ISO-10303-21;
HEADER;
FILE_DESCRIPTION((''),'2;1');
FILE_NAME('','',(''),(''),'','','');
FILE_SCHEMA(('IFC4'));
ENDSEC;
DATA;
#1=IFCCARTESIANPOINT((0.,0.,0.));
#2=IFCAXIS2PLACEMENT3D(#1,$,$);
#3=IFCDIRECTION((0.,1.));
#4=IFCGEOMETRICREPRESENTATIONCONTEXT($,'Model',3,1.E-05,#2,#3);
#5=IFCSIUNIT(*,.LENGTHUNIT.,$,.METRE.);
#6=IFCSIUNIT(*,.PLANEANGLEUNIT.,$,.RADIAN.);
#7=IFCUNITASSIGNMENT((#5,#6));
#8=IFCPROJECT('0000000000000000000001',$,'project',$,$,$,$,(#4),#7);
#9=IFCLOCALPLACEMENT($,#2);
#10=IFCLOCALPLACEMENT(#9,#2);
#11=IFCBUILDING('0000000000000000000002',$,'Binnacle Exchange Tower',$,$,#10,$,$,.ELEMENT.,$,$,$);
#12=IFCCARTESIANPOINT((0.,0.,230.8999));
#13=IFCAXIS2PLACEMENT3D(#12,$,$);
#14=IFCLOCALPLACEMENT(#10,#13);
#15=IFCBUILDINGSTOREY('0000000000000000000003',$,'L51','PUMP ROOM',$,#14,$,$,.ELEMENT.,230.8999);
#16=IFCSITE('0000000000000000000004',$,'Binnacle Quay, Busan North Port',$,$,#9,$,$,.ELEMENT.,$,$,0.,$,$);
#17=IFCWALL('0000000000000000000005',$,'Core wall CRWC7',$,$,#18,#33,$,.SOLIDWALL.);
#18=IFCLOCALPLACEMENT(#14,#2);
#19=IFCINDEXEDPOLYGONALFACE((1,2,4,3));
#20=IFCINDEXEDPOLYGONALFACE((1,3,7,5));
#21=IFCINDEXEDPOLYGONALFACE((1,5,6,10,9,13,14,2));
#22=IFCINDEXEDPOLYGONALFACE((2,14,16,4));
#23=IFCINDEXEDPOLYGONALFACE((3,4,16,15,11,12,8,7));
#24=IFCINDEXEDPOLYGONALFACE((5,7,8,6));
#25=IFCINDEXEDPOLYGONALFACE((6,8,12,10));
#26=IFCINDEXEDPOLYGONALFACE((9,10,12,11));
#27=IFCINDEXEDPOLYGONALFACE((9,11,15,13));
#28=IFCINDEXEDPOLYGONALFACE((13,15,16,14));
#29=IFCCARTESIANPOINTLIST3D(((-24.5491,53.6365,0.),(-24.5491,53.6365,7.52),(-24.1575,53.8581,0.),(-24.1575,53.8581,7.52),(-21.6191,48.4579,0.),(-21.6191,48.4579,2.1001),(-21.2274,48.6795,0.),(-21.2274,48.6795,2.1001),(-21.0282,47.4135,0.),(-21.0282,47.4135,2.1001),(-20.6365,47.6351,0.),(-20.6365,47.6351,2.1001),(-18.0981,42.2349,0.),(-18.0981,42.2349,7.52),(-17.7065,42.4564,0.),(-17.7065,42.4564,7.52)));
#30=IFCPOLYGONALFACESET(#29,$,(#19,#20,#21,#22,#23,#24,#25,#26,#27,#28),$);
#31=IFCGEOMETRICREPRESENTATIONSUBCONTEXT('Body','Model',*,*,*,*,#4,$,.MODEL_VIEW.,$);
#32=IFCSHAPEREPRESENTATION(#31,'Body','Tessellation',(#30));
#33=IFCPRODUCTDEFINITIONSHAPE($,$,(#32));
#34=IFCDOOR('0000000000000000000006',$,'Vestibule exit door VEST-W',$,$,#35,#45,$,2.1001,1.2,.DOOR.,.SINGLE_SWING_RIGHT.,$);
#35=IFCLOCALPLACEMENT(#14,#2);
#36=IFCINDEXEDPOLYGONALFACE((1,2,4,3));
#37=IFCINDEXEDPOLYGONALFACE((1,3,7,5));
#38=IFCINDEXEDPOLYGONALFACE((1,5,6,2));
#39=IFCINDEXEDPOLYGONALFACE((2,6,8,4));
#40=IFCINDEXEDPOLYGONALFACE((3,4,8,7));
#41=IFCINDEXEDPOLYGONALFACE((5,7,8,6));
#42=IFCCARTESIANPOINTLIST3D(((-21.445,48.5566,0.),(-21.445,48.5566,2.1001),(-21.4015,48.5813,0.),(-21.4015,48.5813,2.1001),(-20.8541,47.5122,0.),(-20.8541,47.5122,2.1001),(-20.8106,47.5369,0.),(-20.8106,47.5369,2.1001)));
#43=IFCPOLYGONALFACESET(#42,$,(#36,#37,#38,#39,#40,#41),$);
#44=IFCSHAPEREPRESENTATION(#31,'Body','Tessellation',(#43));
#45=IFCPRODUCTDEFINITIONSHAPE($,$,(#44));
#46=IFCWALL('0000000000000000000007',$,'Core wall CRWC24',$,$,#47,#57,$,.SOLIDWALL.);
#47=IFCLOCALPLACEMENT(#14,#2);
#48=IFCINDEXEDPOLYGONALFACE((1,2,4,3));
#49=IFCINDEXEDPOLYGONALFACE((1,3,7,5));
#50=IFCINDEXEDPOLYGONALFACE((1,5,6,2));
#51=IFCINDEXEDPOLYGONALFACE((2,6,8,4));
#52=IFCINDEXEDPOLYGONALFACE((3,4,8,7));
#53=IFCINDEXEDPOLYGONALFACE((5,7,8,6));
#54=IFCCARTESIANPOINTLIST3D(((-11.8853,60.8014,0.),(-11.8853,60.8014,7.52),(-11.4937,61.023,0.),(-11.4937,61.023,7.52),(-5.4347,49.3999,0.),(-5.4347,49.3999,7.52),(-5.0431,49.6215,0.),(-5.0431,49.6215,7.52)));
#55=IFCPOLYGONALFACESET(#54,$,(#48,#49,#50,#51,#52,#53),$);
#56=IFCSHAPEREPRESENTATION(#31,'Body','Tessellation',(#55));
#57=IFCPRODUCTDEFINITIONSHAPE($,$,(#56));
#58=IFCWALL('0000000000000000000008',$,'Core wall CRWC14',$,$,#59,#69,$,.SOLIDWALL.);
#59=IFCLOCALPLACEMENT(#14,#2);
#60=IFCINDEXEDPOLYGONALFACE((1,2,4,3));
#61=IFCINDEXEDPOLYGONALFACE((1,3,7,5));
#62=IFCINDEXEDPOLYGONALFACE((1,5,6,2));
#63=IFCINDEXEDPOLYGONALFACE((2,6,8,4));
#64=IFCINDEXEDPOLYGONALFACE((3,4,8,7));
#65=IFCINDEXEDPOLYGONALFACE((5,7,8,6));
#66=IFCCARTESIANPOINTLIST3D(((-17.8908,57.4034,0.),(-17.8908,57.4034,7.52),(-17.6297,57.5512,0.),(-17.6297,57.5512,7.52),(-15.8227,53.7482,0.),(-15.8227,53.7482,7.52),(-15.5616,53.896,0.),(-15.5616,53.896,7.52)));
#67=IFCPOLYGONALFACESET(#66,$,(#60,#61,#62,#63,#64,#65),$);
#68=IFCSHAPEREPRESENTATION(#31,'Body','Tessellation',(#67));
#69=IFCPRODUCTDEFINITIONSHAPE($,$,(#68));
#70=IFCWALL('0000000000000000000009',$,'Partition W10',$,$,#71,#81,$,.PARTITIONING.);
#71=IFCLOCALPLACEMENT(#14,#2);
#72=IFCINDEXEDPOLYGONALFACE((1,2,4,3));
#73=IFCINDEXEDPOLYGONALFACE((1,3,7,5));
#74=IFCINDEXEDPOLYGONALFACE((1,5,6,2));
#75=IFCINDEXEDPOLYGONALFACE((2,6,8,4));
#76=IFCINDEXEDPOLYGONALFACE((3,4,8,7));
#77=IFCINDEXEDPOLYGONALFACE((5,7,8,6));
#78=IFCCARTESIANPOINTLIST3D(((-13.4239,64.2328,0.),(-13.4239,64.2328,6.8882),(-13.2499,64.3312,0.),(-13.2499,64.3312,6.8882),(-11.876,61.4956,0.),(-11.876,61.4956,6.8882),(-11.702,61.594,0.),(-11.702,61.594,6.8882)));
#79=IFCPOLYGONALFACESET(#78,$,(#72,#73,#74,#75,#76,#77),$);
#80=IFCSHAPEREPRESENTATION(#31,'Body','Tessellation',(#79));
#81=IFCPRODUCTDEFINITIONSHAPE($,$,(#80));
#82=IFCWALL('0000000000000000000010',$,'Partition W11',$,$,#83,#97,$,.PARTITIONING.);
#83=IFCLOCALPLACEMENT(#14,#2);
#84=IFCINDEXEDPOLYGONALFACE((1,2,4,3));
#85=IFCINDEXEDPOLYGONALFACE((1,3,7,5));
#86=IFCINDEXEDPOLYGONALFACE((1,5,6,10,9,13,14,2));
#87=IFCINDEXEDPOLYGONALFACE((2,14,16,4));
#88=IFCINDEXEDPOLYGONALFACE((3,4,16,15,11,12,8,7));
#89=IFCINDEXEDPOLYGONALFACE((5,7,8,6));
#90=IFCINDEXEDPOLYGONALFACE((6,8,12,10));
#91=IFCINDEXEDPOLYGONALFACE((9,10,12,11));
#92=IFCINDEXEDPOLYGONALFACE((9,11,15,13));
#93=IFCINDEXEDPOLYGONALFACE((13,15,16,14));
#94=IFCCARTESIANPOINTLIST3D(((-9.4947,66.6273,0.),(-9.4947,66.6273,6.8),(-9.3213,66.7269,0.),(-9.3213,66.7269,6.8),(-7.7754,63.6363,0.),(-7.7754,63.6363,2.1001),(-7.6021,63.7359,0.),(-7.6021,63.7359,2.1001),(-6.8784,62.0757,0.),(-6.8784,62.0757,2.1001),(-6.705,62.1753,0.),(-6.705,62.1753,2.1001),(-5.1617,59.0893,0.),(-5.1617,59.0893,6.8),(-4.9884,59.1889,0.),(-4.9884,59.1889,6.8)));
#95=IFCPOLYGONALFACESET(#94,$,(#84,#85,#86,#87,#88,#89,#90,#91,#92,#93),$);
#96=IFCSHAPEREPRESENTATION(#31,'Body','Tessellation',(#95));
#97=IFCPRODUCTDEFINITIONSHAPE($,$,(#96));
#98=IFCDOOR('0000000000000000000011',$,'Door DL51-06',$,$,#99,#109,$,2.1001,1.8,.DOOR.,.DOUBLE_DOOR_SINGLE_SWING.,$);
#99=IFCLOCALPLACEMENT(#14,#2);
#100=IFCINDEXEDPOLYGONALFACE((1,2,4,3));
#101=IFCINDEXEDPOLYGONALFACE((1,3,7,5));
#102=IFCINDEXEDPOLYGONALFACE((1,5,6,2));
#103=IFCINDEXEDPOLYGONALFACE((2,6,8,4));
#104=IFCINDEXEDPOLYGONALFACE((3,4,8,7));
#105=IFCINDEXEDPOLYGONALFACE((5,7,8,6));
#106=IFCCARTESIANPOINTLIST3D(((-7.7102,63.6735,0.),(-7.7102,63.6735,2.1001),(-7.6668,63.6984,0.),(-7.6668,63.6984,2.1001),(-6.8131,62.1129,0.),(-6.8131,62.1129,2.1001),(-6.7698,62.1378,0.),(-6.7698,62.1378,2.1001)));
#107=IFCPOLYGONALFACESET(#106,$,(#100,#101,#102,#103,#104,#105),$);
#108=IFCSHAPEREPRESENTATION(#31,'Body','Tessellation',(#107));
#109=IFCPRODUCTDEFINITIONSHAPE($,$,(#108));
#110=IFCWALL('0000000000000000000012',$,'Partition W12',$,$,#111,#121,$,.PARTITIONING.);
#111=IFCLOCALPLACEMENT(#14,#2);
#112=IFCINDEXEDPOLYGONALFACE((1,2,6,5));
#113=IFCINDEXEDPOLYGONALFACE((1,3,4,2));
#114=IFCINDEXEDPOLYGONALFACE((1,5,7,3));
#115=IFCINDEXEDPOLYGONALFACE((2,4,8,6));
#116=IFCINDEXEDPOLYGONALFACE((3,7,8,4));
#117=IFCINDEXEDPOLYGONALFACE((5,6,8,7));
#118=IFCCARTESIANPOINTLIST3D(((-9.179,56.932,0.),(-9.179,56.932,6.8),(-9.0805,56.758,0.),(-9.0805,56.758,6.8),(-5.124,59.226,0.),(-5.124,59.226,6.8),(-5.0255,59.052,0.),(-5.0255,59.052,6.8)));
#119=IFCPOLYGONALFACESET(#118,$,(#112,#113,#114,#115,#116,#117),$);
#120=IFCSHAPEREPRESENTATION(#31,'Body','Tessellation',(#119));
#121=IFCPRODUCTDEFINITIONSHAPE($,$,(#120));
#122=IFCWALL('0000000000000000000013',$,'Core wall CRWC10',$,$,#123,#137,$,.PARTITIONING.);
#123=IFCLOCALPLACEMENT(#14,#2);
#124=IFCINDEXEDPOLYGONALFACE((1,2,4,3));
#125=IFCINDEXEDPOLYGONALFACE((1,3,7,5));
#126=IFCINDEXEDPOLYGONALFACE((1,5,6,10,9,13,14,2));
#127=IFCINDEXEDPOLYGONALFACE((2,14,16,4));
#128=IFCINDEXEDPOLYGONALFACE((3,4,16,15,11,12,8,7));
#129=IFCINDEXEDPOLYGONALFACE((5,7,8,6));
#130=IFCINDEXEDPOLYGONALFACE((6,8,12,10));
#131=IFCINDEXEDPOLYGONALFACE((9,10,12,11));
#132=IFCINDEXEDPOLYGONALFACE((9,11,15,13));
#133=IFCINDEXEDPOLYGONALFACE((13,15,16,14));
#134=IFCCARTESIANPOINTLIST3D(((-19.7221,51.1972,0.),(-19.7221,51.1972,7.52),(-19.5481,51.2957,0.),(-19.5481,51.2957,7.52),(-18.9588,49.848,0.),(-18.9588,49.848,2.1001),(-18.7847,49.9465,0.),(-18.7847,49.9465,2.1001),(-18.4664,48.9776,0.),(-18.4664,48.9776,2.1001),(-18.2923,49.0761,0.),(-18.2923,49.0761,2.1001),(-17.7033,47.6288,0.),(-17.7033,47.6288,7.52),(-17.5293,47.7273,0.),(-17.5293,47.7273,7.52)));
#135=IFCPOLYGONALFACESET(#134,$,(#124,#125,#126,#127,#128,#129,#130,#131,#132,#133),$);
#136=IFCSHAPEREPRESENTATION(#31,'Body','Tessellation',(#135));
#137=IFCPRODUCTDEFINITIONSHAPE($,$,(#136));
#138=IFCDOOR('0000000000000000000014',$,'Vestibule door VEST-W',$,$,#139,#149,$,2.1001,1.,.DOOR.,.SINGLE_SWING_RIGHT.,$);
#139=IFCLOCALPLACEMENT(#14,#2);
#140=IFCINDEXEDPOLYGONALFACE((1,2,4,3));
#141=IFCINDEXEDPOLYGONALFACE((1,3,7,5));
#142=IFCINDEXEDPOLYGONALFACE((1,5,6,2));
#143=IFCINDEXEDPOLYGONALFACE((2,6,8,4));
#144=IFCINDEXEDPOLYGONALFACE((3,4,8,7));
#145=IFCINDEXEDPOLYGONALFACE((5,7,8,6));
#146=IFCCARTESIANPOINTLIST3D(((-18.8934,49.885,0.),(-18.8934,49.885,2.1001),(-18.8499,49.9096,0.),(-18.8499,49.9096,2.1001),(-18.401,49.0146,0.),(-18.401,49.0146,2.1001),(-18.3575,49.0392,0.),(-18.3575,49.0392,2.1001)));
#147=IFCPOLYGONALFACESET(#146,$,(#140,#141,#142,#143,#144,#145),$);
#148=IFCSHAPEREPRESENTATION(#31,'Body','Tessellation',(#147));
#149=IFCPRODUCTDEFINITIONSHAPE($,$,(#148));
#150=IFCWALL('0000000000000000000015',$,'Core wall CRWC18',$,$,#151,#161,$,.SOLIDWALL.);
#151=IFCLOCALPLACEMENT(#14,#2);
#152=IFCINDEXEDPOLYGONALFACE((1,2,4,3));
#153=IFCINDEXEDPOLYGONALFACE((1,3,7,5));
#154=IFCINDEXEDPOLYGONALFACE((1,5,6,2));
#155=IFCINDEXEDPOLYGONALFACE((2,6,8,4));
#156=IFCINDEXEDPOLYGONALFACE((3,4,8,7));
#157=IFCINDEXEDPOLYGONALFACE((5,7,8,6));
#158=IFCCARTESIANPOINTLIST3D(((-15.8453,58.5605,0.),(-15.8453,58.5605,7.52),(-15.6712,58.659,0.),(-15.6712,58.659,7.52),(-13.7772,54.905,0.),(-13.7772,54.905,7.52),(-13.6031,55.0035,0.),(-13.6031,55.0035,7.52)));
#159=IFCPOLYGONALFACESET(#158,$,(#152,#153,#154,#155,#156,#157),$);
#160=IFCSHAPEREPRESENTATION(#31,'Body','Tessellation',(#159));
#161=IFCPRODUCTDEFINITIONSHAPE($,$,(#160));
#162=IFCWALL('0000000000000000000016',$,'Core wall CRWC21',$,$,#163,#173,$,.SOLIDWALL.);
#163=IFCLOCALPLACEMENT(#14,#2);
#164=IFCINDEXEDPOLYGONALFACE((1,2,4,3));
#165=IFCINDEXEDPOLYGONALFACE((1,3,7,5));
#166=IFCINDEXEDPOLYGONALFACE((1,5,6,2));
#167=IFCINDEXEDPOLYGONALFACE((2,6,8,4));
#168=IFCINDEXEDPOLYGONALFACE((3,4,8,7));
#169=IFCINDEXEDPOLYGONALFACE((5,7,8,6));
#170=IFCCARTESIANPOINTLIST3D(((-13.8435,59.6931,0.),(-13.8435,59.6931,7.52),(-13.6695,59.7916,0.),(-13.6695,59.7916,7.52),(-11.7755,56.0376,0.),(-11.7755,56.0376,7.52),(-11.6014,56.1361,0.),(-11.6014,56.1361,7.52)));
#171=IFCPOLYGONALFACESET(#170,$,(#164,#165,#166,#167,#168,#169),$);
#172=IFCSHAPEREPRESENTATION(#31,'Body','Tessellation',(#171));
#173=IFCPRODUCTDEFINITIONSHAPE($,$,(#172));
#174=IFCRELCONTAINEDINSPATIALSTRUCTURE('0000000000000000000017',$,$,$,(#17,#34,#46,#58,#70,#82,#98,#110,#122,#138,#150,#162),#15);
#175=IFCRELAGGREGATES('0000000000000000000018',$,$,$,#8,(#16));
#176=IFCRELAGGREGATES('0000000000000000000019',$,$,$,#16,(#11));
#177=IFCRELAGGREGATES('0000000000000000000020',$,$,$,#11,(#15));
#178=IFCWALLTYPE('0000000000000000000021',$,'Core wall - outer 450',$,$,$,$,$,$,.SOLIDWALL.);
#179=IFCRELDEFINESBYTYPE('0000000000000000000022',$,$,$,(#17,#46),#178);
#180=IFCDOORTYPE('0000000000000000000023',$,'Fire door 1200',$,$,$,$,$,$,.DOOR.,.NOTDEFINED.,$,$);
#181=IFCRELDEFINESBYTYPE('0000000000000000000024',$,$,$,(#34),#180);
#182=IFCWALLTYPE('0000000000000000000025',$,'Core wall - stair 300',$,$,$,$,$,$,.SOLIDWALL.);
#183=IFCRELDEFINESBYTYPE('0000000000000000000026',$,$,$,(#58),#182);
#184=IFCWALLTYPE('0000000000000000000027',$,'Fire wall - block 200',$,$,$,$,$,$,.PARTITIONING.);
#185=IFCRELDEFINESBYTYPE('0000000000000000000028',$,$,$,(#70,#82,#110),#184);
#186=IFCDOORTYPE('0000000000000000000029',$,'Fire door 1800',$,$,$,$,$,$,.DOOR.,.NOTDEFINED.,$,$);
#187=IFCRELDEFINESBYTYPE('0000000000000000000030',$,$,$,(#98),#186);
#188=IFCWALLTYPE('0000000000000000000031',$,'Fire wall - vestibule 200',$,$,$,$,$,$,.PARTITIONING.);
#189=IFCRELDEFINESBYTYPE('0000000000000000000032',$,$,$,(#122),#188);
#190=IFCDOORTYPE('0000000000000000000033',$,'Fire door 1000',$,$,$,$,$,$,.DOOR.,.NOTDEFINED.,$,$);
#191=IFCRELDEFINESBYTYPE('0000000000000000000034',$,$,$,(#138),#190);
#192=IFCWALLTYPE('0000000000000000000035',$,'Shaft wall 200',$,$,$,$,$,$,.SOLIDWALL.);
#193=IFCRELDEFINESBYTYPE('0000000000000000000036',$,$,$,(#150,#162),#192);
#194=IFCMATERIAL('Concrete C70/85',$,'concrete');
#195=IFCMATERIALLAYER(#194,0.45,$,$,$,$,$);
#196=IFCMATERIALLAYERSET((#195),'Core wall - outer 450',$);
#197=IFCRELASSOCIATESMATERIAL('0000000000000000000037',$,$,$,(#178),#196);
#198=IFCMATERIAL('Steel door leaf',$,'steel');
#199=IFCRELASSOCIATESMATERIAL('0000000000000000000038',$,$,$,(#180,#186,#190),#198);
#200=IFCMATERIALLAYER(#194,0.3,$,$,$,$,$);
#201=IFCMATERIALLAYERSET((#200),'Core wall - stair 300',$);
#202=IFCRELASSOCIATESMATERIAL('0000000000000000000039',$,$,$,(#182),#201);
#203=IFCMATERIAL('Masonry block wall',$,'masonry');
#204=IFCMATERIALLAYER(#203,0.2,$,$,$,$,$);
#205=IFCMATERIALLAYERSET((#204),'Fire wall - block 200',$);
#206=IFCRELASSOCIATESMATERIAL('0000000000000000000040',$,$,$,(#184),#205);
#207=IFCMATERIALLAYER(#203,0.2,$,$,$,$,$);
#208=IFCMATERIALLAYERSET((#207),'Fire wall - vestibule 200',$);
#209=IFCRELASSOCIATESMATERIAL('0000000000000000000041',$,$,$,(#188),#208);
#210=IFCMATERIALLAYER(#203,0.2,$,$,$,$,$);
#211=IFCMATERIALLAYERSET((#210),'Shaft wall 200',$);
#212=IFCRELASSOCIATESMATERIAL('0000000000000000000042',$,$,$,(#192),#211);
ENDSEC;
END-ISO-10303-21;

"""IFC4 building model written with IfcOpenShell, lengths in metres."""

from ifc_helpers import new_model, si_unit, direction, frame, frame_2d, origin, place, context, subcontext, project, spatial, rectangle, extrude, material, layer, layer_set, type_object, element, fill, save


model = new_model("IFC4")

# Units and contexts
model_context = context("Model", 3, precision=1e-05, world=origin(), true_north=direction((0.0, 1.0)))
body_context = subcontext(model_context, "Body", "Model", "MODEL_VIEW")
ifc_project = project(units=[si_unit("LENGTHUNIT", "METRE"), si_unit("PLANEANGLEUNIT", "RADIAN")], contexts=[model_context])

# Site, building, storey
site_placement = place(None, origin())
site = spatial("IfcSite", under=ifc_project, at=site_placement, Name="Binnacle Quay, Busan North Port", CompositionType="ELEMENT", RefElevation=0.0)
building_placement = place(site_placement, origin())
building = spatial("IfcBuilding", under=site, at=building_placement, Name="Binnacle Exchange Tower", CompositionType="ELEMENT")
storey_placement = place(building_placement, frame((0.0, 0.0, 230.8999)))
storey = spatial("IfcBuildingStorey", under=building, at=storey_placement, Name="L51", Description="PUMP ROOM", CompositionType="ELEMENT", Elevation=230.8999)

# Shared definitions
ifc_material_1 = material(Name="Concrete C70/85", Category="concrete")
ifc_layer_1 = layer(ifc_material_1, 0.45)
ifc_layer_set_1 = layer_set([ifc_layer_1], Name="Core wall - outer 450")
wall_type_1 = type_object("IfcWallType", Name="Core wall - outer 450", PredefinedType="SOLIDWALL", material=ifc_layer_set_1)

# Wall, opening, door
wall_1_placement = place(storey_placement, frame((-24.3533, 53.7473, 0.0), z_axis=(0.0, 0.0, 1.0), x_axis=(0.492435, -0.870349, 0.0)))
wall_1 = element("IfcWall", 1, at=wall_1_placement, inside=storey, type_object=wall_type_1, Name="Core wall CRWC7", PredefinedType="SOLIDWALL", context=body_context, shape_type="SweptSolid", body=[
    extrude(rectangle(XDim=13.1001, YDim=0.45, at=frame_2d((6.55, 0.0))), origin(), (0.0, 0.0, 1.0), 7.52),
])
opening_1_placement = place(wall_1_placement, frame((5.95, 0.0, 0.0)))
opening_1 = element("IfcOpeningElement", 2, at=opening_1_placement, cuts=wall_1, PredefinedType="OPENING", context=body_context, shape_type="SweptSolid", body=[
    extrude(rectangle(XDim=1.2, YDim=2.1001, at=frame_2d((0.6001, 1.05))), frame((0.0, 0.2349, 0.0), z_axis=(0.0, -1.0, 0.0), x_axis=(1.0, 0.0, 0.0)), (0.0, 0.0, 1.0), 0.47),
])
ifc_material_2 = material(Name="Steel door leaf", Category="steel")
door_type_1 = type_object("IfcDoorType", Name="Fire door 1200", OperationType="NOTDEFINED", PredefinedType="DOOR", material=ifc_material_2)
door_1_placement = place(opening_1_placement, frame((1.2, 0.0, 0.0), z_axis=(0.0, 0.0, 1.0), x_axis=(-1.0, 0.0, 0.0)))
door_1 = element("IfcDoor", 3, at=door_1_placement, inside=storey, type_object=door_type_1, Name="Vestibule exit door VEST-W", OperationType="SINGLE_SWING_RIGHT", OverallHeight=2.1001, OverallWidth=1.2, PredefinedType="DOOR", context=body_context, shape_type="SweptSolid", body=[
    extrude(rectangle(XDim=1.2, YDim=2.1001, at=frame_2d((0.6001, 1.05))), frame((0.0, 0.0249, 0.0), z_axis=(0.0, -1.0, 0.0), x_axis=(1.0, 0.0, 0.0)), (0.0, 0.0, 1.0), 0.05),
])
fill(opening_1, door_1)

# Walls
wall_2_placement = place(storey_placement, frame((-11.6895, 60.9121, 0.0), z_axis=(0.0, 0.0, 1.0), x_axis=(0.492421, -0.870357, 0.0)))
element("IfcWall", 4, at=wall_2_placement, inside=storey, type_object=wall_type_1, Name="Core wall CRWC24", PredefinedType="SOLIDWALL", context=body_context, shape_type="SweptSolid", body=[
    extrude(rectangle(XDim=13.0999, YDim=0.45, at=frame_2d((6.5498, 0.0))), origin(), (0.0, 0.0, 1.0), 7.52),
])
ifc_layer_2 = layer(ifc_material_1, 0.3)
ifc_layer_set_2 = layer_set([ifc_layer_2], Name="Core wall - stair 300")
wall_type_2 = type_object("IfcWallType", Name="Core wall - stair 300", PredefinedType="SOLIDWALL", material=ifc_layer_set_2)
wall_3_placement = place(storey_placement, frame((-17.7603, 57.4773, 0.0), z_axis=(0.0, 0.0, 1.0), x_axis=(0.492435, -0.870349, 0.0)))
element("IfcWall", 5, at=wall_3_placement, inside=storey, type_object=wall_type_2, Name="Core wall CRWC14", PredefinedType="SOLIDWALL", context=body_context, shape_type="SweptSolid", body=[
    extrude(rectangle(XDim=4.1997, YDim=0.3, at=frame_2d((2.0999, 0.0))), origin(), (0.0, 0.0, 1.0), 7.52),
])
ifc_material_3 = material(Name="Masonry block wall", Category="masonry")
ifc_layer_3 = layer(ifc_material_3, 0.2)
ifc_layer_set_3 = layer_set([ifc_layer_3], Name="Fire wall - block 200")
wall_type_3 = type_object("IfcWallType", Name="Fire wall - block 200", PredefinedType="PARTITIONING", material=ifc_layer_set_3)
wall_4_placement = place(storey_placement, frame((-13.3369, 64.282, 0.0), z_axis=(0.0, 0.0, 1.0), x_axis=(0.492254, -0.870451, 0.0)))
element("IfcWall", 6, at=wall_4_placement, inside=storey, type_object=wall_type_3, Name="Partition W10", PredefinedType="PARTITIONING", context=body_context, shape_type="SweptSolid", body=[
    extrude(rectangle(XDim=3.1445, YDim=0.2, at=frame_2d((1.5723, 0.0))), origin(), (0.0, 0.0, 1.0), 6.8882),
])

# Wall, opening, door
wall_5_placement = place(storey_placement, frame((-9.408, 66.677, 0.0), z_axis=(0.0, 0.0, 1.0), x_axis=(0.498351, -0.866975, 0.0)))
wall_5 = element("IfcWall", 7, at=wall_5_placement, inside=storey, type_object=wall_type_3, Name="Partition W11", PredefinedType="PARTITIONING", context=body_context, shape_type="SweptSolid", body=[
    extrude(rectangle(XDim=8.6946, YDim=0.2, at=frame_2d((4.3472, 0.0))), origin(), (0.0, 0.0, 1.0), 6.8),
])
opening_2_placement = place(wall_5_placement, frame((3.45, 0.0, 0.0)))
opening_2 = element("IfcOpeningElement", 8, at=opening_2_placement, cuts=wall_5, PredefinedType="OPENING", context=body_context, shape_type="SweptSolid", body=[
    extrude(rectangle(XDim=1.8, YDim=2.1001, at=frame_2d((0.8999, 1.05))), frame((0.0, 0.1099, 0.0), z_axis=(0.0, -1.0, 0.0), x_axis=(1.0, 0.0, 0.0)), (0.0, 0.0, 1.0), 0.22),
])
door_type_2 = type_object("IfcDoorType", Name="Fire door 1800", OperationType="NOTDEFINED", PredefinedType="DOOR", material=ifc_material_2)
door_2_placement = place(opening_2_placement, frame((1.8, 0.0, 0.0), z_axis=(0.0, 0.0, 1.0), x_axis=(-1.0, 0.0, 0.0)))
door_2 = element("IfcDoor", 9, at=door_2_placement, inside=storey, type_object=door_type_2, Name="Door DL51-06", OperationType="DOUBLE_DOOR_SINGLE_SWING", OverallHeight=2.1001, OverallWidth=1.8, PredefinedType="DOOR", context=body_context, shape_type="SweptSolid", body=[
    extrude(rectangle(XDim=1.8, YDim=2.1001, at=frame_2d((0.8999, 1.05))), frame((0.0, 0.0249, 0.0), z_axis=(0.0, -1.0, 0.0), x_axis=(1.0, 0.0, 0.0)), (0.0, 0.0, 1.0), 0.05),
])
fill(opening_2, door_2)

# Wall
wall_6_placement = place(storey_placement, frame((-9.1299, 56.845, 0.0), z_axis=(0.0, 0.0, 1.0), x_axis=(0.870376, 0.492387, 0.0)))
element("IfcWall", 10, at=wall_6_placement, inside=storey, type_object=wall_type_3, Name="Partition W12", PredefinedType="PARTITIONING", context=body_context, shape_type="SweptSolid", body=[
    extrude(rectangle(XDim=4.6589, YDim=0.2, at=frame_2d((2.3296, 0.0))), origin(), (0.0, 0.0, 1.0), 6.8),
])

# Wall, opening, door
ifc_layer_4 = layer(ifc_material_3, 0.2)
ifc_layer_set_4 = layer_set([ifc_layer_4], Name="Fire wall - vestibule 200")
wall_type_4 = type_object("IfcWallType", Name="Fire wall - vestibule 200", PredefinedType="PARTITIONING", material=ifc_layer_set_4)
wall_7_placement = place(storey_placement, frame((-19.635, 51.2463, 0.0), z_axis=(0.0, 0.0, 1.0), x_axis=(0.492408, -0.870364, 0.0)))
wall_7 = element("IfcWall", 11, at=wall_7_placement, inside=storey, type_object=wall_type_4, Name="Core wall CRWC10", PredefinedType="PARTITIONING", context=body_context, shape_type="SweptSolid", body=[
    extrude(rectangle(XDim=4.0999, YDim=0.2, at=frame_2d((2.0498, 0.0))), origin(), (0.0, 0.0, 1.0), 7.52),
])
opening_3_placement = place(wall_7_placement, frame((1.55, 0.0, 0.0)))
opening_3 = element("IfcOpeningElement", 12, at=opening_3_placement, cuts=wall_7, PredefinedType="OPENING", context=body_context, shape_type="SweptSolid", body=[
    extrude(rectangle(XDim=1.0, YDim=2.1001, at=frame_2d((0.5, 1.05))), frame((0.0, 0.1099, 0.0), z_axis=(0.0, -1.0, 0.0), x_axis=(1.0, 0.0, 0.0)), (0.0, 0.0, 1.0), 0.22),
])
door_type_3 = type_object("IfcDoorType", Name="Fire door 1000", OperationType="NOTDEFINED", PredefinedType="DOOR", material=ifc_material_2)
door_3_placement = place(opening_3_placement, frame((1.0, 0.0, 0.0), z_axis=(0.0, 0.0, 1.0), x_axis=(-1.0, 0.0, 0.0)))
door_3 = element("IfcDoor", 13, at=door_3_placement, inside=storey, type_object=door_type_3, Name="Vestibule door VEST-W", OperationType="SINGLE_SWING_RIGHT", OverallHeight=2.1001, OverallWidth=1.0, PredefinedType="DOOR", context=body_context, shape_type="SweptSolid", body=[
    extrude(rectangle(XDim=1.0, YDim=2.1001, at=frame_2d((0.5, 1.05))), frame((0.0, 0.0249, 0.0), z_axis=(0.0, -1.0, 0.0), x_axis=(1.0, 0.0, 0.0)), (0.0, 0.0, 1.0), 0.05),
])
fill(opening_3, door_3)

# Walls
ifc_layer_5 = layer(ifc_material_3, 0.2)
ifc_layer_set_5 = layer_set([ifc_layer_5], Name="Shaft wall 200")
wall_type_5 = type_object("IfcWallType", Name="Shaft wall 200", PredefinedType="SOLIDWALL", material=ifc_layer_set_5)
for number, where, z_axis, x_axis, name in (
    (14, (-15.7583, 58.6099, 0.0), (0.0, 0.0, 1.0), (0.49241, -0.870364, 0.0), "Core wall CRWC18"),
    (15, (-13.7566, 59.7424, 0.0), (0.0, 0.0, 1.0), (0.49241, -0.870364, 0.0), "Core wall CRWC21"),
):
    element("IfcWall", number, at=place(storey_placement, frame(where, z_axis=z_axis, x_axis=x_axis)), inside=storey, type_object=wall_type_5, Name=name, PredefinedType="SOLIDWALL", context=body_context, shape_type="SweptSolid", body=[
        extrude(rectangle(XDim=4.2, YDim=0.2, at=frame_2d((2.1001, 0.0))), origin(), (0.0, 0.0, 1.0), 7.52),
    ])

save(model, "model.ifc")
